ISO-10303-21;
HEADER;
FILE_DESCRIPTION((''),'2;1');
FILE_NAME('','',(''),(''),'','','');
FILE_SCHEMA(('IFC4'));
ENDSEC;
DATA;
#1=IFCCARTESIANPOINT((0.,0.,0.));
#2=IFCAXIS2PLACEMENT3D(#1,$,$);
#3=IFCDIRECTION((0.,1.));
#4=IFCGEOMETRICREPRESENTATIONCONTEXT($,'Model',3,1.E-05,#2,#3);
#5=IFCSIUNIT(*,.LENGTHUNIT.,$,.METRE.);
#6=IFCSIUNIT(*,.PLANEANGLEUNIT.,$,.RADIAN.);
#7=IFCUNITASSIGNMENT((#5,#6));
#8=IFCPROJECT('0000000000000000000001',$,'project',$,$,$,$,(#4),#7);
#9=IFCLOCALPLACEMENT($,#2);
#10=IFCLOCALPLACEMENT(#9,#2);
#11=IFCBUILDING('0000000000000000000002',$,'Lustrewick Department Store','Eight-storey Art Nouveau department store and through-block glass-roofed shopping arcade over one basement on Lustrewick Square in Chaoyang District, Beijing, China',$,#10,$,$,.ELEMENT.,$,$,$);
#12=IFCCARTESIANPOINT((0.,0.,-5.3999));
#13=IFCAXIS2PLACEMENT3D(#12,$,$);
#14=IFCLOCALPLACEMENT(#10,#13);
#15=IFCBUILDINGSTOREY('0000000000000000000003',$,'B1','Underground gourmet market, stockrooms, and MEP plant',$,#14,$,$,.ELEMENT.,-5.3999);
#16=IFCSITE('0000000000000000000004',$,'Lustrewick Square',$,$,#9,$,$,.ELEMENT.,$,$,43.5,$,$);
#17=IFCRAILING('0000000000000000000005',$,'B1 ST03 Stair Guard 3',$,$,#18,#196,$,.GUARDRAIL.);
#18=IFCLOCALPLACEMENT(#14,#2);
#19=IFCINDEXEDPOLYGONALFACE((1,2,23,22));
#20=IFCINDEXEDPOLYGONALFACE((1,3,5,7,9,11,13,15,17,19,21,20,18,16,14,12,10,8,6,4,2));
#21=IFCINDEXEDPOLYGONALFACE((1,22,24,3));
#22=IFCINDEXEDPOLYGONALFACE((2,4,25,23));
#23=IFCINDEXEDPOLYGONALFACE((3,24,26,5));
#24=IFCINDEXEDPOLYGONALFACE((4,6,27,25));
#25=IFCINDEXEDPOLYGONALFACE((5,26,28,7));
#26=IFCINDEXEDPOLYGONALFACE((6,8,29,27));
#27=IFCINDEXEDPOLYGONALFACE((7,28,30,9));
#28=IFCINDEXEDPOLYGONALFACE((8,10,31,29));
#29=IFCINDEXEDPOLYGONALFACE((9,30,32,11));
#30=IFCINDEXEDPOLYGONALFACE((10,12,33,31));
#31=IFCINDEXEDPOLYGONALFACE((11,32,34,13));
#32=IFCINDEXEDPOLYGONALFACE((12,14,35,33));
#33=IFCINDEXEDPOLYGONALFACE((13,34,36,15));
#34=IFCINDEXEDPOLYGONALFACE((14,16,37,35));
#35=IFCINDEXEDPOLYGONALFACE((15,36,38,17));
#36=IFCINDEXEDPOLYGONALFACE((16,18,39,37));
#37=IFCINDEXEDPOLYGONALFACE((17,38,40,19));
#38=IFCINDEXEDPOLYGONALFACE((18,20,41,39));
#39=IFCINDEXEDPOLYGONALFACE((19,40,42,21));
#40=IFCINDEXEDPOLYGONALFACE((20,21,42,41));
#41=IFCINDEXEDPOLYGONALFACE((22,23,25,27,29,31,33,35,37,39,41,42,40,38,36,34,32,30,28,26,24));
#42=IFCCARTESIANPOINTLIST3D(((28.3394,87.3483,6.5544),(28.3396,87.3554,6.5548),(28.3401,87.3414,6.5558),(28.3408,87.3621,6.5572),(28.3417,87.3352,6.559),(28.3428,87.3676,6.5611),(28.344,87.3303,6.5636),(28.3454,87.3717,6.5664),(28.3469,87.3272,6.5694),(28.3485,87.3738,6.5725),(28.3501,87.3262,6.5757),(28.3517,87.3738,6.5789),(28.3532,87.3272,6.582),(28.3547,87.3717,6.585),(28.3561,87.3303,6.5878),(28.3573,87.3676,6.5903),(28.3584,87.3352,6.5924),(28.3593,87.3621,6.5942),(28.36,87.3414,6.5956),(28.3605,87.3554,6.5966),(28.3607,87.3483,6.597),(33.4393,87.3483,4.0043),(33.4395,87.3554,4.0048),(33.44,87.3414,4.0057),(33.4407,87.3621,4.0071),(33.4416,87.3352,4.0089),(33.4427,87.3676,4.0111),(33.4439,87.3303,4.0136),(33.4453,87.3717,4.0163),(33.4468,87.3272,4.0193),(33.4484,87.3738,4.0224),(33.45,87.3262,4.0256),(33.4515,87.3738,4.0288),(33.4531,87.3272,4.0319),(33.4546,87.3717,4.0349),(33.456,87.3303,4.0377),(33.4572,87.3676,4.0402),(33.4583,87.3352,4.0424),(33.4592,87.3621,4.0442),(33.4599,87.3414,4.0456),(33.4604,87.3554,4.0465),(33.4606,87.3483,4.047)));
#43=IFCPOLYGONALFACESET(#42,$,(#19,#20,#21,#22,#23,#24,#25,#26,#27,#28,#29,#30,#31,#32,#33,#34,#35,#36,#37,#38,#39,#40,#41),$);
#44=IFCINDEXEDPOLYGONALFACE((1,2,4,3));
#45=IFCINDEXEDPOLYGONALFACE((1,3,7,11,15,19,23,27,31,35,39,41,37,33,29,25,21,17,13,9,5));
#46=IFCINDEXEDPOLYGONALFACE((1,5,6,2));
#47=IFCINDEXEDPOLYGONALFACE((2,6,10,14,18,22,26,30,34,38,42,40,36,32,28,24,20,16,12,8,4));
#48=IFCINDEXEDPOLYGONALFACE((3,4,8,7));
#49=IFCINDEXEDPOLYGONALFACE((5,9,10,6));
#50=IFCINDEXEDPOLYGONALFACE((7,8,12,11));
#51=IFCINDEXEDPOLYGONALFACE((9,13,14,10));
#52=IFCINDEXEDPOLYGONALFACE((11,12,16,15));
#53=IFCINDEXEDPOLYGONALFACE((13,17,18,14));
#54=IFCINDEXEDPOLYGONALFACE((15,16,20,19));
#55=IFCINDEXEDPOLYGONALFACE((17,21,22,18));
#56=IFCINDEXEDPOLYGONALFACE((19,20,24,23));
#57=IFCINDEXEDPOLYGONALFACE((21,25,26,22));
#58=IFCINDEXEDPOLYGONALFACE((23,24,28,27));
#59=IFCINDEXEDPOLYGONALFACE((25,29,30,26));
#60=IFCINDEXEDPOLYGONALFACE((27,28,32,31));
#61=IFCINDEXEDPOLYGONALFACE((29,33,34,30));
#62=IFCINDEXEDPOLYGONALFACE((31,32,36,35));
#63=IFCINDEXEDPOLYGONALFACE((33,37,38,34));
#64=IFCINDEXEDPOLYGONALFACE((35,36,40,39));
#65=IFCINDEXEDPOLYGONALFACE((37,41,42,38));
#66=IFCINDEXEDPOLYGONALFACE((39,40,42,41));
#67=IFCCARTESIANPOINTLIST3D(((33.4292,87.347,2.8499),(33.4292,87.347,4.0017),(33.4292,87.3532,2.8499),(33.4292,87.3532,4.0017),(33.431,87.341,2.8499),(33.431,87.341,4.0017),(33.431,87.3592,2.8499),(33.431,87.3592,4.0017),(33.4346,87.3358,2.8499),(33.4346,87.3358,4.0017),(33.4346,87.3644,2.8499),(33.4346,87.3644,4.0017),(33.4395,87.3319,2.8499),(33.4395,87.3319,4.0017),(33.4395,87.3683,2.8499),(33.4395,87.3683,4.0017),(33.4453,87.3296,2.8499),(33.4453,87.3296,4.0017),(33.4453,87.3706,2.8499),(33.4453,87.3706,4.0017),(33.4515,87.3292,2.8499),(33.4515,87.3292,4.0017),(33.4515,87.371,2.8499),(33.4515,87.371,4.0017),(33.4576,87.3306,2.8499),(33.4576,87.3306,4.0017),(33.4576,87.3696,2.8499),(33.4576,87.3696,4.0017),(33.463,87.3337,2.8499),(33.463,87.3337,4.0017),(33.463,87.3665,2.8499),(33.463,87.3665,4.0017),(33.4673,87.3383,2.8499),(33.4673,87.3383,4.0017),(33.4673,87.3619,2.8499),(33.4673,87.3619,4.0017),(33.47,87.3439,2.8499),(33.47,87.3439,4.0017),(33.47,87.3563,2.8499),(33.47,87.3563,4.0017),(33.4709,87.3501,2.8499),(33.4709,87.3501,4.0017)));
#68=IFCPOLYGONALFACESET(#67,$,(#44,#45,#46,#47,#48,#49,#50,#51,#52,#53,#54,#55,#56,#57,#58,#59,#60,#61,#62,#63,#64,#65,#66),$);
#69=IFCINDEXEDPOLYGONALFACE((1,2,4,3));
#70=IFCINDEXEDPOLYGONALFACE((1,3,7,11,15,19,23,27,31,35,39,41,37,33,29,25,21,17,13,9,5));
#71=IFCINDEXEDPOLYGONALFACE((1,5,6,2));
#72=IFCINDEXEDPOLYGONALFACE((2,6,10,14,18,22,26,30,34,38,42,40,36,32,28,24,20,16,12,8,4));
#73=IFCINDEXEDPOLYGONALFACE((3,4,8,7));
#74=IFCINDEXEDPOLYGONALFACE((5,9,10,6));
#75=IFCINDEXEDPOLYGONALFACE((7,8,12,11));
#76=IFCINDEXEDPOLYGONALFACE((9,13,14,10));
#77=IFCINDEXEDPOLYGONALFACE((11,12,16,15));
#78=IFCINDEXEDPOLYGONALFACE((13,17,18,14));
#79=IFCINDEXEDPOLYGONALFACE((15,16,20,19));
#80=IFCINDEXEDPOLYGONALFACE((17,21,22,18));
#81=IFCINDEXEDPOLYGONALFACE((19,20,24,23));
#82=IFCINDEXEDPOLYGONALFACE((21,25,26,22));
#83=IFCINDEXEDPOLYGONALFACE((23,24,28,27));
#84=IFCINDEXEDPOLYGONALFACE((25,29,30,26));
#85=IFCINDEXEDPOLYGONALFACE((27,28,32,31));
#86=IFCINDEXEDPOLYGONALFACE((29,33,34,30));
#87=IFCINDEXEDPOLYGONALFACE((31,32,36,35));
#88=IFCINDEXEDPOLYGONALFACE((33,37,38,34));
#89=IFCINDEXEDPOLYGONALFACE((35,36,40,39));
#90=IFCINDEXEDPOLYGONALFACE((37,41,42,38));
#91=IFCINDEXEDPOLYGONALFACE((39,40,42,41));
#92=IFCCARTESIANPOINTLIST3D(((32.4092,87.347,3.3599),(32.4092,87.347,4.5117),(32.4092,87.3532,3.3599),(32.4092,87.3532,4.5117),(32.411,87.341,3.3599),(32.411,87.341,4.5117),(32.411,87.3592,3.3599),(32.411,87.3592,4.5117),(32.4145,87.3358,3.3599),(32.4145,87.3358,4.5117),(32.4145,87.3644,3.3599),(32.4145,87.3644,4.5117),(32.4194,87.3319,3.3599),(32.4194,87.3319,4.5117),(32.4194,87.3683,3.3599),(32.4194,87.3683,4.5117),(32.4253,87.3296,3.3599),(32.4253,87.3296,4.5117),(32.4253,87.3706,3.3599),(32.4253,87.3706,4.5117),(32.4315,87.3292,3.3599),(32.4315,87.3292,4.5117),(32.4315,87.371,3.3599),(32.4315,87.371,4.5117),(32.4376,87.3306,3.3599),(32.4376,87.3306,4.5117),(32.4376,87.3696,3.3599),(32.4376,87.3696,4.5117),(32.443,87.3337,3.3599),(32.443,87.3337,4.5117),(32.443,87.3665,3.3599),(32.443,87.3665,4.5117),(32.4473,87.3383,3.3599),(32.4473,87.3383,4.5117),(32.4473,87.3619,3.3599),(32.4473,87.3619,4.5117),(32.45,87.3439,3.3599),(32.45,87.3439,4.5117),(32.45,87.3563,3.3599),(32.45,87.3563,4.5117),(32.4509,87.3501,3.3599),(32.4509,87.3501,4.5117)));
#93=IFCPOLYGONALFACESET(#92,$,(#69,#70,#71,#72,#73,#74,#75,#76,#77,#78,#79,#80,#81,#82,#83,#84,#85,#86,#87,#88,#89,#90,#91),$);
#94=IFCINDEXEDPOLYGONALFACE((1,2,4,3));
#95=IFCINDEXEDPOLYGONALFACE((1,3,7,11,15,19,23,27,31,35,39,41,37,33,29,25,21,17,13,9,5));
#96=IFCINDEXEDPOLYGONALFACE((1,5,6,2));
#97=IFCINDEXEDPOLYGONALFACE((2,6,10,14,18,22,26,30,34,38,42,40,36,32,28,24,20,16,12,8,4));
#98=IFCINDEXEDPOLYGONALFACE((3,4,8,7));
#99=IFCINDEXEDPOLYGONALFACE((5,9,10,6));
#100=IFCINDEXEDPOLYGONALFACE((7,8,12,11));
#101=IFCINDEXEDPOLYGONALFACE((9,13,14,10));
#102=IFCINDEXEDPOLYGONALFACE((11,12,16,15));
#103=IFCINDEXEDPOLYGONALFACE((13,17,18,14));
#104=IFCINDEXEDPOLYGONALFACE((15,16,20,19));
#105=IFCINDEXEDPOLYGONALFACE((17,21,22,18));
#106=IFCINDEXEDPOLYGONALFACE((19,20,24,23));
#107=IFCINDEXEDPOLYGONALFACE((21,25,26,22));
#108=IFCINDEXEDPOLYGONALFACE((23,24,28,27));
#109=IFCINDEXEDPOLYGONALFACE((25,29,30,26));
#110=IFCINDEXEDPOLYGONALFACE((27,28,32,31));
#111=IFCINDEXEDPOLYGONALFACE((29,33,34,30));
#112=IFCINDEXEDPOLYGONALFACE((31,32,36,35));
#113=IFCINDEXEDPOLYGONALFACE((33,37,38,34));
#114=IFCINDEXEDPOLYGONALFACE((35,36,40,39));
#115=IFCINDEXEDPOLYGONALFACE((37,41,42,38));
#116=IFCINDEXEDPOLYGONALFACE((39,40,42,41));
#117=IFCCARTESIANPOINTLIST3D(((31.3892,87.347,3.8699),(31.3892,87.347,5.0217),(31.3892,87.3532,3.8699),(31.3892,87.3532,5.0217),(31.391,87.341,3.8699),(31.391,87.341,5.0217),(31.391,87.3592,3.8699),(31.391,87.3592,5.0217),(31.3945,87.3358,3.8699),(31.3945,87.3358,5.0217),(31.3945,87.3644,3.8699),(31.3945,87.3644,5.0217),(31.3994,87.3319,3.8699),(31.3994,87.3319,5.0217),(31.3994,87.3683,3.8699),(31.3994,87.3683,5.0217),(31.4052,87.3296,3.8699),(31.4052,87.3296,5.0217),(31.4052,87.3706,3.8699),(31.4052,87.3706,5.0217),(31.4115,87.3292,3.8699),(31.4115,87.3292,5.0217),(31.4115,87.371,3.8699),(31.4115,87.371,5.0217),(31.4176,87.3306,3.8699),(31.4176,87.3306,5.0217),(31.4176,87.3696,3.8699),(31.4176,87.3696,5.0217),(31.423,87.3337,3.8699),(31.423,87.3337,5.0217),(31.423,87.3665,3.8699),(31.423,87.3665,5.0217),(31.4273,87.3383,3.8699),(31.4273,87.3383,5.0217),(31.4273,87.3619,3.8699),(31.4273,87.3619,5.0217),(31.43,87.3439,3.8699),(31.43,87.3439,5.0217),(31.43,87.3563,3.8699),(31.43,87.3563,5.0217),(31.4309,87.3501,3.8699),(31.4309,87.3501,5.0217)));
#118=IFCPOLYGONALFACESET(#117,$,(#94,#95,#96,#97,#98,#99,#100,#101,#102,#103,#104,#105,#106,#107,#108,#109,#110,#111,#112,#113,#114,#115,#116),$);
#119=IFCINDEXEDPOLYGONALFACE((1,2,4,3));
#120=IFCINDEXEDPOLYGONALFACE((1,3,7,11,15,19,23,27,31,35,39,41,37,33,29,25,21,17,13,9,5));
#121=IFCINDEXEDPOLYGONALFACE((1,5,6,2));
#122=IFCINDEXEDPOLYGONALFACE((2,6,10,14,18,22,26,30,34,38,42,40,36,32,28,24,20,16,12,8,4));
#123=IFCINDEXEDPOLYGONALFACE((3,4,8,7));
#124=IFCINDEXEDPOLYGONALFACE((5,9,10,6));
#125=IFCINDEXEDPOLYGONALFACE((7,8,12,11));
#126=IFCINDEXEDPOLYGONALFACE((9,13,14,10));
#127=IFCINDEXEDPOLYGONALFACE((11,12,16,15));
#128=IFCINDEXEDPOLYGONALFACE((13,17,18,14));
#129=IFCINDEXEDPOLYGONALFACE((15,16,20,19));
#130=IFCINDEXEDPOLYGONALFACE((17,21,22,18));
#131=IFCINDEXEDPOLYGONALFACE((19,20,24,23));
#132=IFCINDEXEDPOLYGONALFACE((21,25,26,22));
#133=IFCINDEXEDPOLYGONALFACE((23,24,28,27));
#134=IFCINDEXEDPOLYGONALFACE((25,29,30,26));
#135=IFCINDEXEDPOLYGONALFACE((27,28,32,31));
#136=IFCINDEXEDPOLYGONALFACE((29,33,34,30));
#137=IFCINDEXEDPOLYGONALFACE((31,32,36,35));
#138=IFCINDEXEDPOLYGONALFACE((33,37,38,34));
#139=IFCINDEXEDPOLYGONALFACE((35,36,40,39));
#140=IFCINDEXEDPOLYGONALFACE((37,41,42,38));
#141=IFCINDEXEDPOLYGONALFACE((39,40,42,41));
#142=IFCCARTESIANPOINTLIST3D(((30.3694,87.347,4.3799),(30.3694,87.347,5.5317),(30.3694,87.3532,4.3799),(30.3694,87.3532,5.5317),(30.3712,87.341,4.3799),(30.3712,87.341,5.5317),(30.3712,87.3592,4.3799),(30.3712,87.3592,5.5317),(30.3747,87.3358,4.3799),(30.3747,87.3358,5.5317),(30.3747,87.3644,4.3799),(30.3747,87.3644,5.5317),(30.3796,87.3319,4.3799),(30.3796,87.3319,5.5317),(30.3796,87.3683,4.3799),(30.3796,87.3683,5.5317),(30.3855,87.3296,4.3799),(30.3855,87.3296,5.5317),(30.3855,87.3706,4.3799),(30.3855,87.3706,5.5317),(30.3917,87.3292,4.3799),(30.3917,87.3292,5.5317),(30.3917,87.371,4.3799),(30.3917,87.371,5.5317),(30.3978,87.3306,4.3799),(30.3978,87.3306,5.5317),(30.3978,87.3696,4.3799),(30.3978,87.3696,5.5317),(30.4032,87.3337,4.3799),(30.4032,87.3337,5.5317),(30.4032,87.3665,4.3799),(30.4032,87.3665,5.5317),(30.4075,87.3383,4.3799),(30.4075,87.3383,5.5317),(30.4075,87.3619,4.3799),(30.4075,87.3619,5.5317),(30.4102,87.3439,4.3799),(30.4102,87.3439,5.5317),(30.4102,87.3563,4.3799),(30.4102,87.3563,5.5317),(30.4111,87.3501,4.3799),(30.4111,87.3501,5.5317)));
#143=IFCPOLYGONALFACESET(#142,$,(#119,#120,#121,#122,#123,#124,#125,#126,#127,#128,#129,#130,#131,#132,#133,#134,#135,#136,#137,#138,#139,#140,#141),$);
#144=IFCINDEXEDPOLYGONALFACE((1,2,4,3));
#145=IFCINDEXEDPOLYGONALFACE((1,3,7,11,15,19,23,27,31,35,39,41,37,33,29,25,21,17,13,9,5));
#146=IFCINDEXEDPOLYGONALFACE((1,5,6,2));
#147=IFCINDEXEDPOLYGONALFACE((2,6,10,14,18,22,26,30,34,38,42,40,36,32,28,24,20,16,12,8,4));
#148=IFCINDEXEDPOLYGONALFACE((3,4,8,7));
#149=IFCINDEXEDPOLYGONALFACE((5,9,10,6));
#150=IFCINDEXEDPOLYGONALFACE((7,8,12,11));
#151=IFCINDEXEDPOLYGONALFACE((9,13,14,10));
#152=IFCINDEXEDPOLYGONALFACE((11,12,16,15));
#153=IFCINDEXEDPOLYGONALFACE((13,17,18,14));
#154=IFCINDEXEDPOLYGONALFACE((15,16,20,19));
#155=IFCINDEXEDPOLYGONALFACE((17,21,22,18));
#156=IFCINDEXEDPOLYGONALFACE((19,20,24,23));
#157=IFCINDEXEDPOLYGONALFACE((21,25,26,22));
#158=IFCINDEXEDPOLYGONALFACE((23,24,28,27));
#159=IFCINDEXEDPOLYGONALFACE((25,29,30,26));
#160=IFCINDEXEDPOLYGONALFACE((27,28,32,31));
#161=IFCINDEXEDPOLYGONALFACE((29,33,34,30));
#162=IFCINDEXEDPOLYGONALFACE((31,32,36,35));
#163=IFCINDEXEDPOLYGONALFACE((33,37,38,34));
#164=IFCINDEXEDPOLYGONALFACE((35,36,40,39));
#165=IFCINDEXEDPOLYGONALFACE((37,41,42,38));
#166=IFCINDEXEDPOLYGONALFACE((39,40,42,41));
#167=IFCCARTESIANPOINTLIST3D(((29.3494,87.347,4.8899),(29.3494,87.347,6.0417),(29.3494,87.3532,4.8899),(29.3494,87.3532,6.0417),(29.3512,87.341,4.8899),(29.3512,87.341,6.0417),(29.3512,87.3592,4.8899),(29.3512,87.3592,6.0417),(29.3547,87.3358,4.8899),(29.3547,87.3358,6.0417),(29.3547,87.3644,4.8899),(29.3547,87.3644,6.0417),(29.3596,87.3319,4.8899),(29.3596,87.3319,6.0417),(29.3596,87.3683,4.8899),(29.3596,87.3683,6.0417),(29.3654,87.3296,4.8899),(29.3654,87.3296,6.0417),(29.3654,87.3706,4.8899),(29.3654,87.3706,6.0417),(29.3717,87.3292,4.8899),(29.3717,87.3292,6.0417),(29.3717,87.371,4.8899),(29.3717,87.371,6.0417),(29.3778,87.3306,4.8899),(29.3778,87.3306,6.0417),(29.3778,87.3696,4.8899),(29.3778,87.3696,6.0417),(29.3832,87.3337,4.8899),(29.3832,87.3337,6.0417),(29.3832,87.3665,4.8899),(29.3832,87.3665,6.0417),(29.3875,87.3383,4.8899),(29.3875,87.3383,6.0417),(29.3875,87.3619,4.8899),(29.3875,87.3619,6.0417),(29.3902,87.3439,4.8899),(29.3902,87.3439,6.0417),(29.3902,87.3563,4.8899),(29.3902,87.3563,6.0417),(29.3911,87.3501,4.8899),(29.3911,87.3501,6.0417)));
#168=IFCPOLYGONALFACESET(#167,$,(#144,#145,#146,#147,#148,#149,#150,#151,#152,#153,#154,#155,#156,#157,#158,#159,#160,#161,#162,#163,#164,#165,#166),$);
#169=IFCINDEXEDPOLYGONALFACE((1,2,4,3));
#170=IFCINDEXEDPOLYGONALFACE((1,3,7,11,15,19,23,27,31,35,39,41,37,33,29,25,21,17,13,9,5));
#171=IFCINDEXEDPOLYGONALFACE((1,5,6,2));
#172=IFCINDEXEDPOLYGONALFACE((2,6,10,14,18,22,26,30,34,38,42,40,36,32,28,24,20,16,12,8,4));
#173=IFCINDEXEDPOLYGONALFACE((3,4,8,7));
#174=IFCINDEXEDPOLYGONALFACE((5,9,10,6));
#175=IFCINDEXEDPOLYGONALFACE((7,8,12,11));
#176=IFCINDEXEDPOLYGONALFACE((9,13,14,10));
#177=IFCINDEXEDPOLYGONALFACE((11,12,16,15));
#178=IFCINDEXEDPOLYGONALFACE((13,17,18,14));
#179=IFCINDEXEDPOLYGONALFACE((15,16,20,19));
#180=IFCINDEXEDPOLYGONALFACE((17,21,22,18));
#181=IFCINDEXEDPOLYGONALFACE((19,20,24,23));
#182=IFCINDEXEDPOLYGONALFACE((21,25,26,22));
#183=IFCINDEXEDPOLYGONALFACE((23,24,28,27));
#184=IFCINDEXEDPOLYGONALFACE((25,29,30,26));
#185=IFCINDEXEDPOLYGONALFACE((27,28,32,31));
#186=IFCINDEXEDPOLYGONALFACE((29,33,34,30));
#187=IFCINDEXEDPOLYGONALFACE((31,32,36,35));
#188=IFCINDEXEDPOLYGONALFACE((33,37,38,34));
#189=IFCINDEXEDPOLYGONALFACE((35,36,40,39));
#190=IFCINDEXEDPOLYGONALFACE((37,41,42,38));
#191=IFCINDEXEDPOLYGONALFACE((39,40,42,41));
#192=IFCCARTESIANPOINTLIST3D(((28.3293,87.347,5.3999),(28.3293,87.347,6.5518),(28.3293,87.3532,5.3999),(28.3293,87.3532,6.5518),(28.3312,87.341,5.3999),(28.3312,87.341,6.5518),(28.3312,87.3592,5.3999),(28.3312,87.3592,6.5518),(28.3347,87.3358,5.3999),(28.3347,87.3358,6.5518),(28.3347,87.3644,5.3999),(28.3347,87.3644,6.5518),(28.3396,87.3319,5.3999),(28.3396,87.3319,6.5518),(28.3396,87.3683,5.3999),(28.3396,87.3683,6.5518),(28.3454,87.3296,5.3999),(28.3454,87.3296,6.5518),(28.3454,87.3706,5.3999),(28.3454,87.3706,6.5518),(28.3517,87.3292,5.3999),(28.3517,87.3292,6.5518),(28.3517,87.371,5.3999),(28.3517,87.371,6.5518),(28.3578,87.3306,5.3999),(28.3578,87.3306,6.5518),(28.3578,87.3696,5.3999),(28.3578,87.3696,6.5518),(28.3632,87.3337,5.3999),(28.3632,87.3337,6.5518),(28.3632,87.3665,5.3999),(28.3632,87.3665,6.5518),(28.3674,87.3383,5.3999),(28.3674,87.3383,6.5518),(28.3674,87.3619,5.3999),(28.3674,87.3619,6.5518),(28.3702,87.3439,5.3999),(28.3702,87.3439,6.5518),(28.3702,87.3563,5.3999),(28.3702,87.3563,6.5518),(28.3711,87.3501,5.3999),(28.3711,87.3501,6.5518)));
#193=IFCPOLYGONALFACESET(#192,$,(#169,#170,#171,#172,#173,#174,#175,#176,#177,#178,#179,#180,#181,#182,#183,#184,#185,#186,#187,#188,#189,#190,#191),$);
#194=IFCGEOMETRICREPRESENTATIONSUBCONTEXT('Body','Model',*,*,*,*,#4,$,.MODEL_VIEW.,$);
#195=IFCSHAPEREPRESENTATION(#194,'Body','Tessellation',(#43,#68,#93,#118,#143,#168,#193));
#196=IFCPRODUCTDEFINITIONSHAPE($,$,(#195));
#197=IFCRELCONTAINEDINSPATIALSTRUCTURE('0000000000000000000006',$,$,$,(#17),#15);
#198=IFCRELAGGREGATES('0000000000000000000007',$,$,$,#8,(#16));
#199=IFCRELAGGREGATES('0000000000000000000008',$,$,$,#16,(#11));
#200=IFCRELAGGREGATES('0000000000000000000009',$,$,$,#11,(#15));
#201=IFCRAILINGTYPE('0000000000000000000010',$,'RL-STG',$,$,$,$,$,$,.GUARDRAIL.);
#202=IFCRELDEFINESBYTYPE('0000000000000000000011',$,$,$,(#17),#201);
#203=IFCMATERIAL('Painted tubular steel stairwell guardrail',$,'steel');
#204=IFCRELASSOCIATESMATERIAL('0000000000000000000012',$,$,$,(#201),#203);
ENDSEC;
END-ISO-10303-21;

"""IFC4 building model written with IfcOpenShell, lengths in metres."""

from ifc_helpers import new_model, si_unit, direction, frame, origin, origin_2d, place, context, subcontext, project, spatial, circle, extrude, material, type_object, element, save


model = new_model("IFC4")

# Units and contexts
model_context = context("Model", 3, precision=1e-05, world=origin(), true_north=direction((0.0, 1.0)))
body_context = subcontext(model_context, "Body", "Model", "MODEL_VIEW")
ifc_project = project(units=[si_unit("LENGTHUNIT", "METRE"), si_unit("PLANEANGLEUNIT", "RADIAN")], contexts=[model_context])

# Site, building, storey
site_placement = place(None, origin())
site = spatial("IfcSite", under=ifc_project, at=site_placement, Name="Lustrewick Square", CompositionType="ELEMENT", RefElevation=43.5)
building_placement = place(site_placement, origin())
building = spatial("IfcBuilding", under=site, at=building_placement, Name="Lustrewick Department Store", Description="Eight-storey Art Nouveau department store and through-block glass-roofed shopping arcade over one basement on Lustrewick Square in Chaoyang District, Beijing, China", CompositionType="ELEMENT")
storey_placement = place(building_placement, frame((0.0, 0.0, -5.3999)))
storey = spatial("IfcBuildingStorey", under=building, at=storey_placement, Name="B1", Description="Underground gourmet market, stockrooms, and MEP plant", CompositionType="ELEMENT", Elevation=-5.3999)

# Railing
ifc_material_1 = material(Name="Painted tubular steel stairwell guardrail", Category="steel")
railing_type_1 = type_object("IfcRailingType", Name="RL-STG", PredefinedType="GUARDRAIL", material=ifc_material_1)
railing_1_placement = place(storey_placement, frame((33.45, 87.3501, 2.8499)))
element("IfcRailing", 1, at=railing_1_placement, inside=storey, type_object=railing_type_1, Name="B1 ST03 Stair Guard 3", PredefinedType="GUARDRAIL", context=body_context, shape_type="SweptSolid", body=[
    extrude(circle(Radius=0.0239, at=origin_2d()), frame((0.0, 0.0, 1.1758), z_axis=(-0.894419, 0.0, 0.447231), x_axis=(0.0, -1.0, 0.0)), (0.0, 0.0, 1.0), 5.7019),
    extrude(circle(Radius=0.021, at=origin_2d()), origin(), (0.0, 0.0, 1.0), 1.1519),
    extrude(circle(Radius=0.021, at=origin_2d()), frame((-1.02, 0.0, 0.51)), (0.0, 0.0, 1.0), 1.1519),
    extrude(circle(Radius=0.021, at=origin_2d()), frame((-2.04, 0.0, 1.02)), (0.0, 0.0, 1.0), 1.1519),
    extrude(circle(Radius=0.021, at=origin_2d()), frame((-3.0598, 0.0, 1.53)), (0.0, 0.0, 1.0), 1.1519),
    extrude(circle(Radius=0.021, at=origin_2d()), frame((-4.0798, 0.0, 2.04)), (0.0, 0.0, 1.0), 1.1519),
    extrude(circle(Radius=0.021, at=origin_2d()), frame((-5.0999, 0.0, 2.55)), (0.0, 0.0, 1.0), 1.1519),
])

save(model, "model.ifc")
